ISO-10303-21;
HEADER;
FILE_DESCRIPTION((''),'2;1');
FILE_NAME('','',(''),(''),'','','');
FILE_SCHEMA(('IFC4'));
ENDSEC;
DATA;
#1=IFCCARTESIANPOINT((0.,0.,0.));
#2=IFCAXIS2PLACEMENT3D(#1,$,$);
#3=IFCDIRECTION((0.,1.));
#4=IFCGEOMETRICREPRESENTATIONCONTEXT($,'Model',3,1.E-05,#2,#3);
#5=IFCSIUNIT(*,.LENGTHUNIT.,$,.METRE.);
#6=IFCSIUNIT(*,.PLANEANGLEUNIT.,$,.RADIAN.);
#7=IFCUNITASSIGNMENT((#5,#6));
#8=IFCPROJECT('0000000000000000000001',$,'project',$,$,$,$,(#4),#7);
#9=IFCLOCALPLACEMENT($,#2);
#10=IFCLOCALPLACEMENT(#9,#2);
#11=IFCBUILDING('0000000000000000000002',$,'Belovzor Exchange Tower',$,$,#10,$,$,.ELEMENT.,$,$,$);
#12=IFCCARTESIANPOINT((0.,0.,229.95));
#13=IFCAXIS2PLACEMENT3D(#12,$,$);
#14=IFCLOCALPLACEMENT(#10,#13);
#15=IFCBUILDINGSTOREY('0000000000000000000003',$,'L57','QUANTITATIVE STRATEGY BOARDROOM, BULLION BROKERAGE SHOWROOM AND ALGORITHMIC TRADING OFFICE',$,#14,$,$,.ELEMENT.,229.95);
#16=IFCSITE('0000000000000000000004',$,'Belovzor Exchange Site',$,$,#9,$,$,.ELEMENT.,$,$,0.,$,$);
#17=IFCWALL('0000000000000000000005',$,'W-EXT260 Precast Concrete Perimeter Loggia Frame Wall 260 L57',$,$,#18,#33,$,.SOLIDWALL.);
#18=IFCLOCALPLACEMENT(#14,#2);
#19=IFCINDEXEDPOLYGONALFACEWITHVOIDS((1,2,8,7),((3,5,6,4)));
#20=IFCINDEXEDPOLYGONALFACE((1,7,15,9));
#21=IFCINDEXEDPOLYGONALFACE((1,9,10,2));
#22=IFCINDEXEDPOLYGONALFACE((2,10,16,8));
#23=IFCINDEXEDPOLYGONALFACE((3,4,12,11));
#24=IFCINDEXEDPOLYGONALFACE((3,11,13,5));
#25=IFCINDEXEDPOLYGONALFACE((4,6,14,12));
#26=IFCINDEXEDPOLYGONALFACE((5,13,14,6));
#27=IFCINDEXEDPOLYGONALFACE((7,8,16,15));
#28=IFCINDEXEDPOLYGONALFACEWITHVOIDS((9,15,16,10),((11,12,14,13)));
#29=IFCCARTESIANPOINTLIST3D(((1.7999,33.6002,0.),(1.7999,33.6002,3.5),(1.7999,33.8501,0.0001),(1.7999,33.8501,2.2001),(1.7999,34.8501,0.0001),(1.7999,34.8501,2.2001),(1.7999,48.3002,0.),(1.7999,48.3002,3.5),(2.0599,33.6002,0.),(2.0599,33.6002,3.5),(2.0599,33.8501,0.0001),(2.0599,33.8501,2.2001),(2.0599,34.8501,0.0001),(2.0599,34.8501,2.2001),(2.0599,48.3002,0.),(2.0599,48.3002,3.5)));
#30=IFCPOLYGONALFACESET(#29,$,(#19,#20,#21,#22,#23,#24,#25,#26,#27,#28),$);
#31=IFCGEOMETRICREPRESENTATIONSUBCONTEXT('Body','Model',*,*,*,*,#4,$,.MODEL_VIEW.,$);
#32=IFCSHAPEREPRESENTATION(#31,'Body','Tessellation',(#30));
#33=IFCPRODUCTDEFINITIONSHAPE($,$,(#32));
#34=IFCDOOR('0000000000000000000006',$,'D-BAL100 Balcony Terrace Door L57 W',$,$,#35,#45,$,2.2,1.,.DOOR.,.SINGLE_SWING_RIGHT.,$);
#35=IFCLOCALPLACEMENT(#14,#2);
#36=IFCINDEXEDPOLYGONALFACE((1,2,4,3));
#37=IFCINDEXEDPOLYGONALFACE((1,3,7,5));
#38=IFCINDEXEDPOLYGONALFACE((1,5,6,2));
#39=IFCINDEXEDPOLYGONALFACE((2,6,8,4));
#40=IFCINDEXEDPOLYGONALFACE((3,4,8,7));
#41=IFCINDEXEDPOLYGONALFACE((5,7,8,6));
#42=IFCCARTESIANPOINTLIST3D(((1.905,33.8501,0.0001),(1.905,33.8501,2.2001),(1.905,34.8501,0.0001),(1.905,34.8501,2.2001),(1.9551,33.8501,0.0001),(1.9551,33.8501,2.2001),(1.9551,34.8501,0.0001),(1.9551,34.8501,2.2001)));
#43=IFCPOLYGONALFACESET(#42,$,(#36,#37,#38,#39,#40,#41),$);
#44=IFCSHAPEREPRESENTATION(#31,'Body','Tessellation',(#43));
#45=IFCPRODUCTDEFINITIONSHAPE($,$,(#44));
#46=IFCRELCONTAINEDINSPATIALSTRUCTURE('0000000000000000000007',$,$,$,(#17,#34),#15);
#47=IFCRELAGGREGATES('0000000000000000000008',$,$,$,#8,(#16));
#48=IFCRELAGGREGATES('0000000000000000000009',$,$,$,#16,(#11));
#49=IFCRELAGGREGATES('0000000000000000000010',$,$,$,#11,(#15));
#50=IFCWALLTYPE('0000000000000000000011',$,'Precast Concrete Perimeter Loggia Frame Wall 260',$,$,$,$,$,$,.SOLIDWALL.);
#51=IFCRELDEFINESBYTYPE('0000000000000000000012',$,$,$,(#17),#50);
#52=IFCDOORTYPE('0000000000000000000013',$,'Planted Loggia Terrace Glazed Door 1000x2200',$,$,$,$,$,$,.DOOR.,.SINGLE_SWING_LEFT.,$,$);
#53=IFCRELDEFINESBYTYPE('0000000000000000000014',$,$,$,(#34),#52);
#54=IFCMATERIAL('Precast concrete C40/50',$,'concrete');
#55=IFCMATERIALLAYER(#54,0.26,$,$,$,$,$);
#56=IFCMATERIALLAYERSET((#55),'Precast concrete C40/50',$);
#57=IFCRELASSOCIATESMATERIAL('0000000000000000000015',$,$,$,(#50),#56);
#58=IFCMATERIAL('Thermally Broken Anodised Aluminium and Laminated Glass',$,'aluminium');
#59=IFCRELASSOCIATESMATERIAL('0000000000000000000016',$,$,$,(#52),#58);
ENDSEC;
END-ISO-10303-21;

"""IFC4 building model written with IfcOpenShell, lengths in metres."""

from ifc_helpers import new_model, si_unit, direction, frame, frame_2d, origin, place, context, subcontext, project, spatial, rectangle, extrude, material, layer, layer_set, type_object, element, fill, save


model = new_model("IFC4")

# Units and contexts
model_context = context("Model", 3, precision=1e-05, world=origin(), true_north=direction((0.0, 1.0)))
body_context = subcontext(model_context, "Body", "Model", "MODEL_VIEW")
ifc_project = project(units=[si_unit("LENGTHUNIT", "METRE"), si_unit("PLANEANGLEUNIT", "RADIAN")], contexts=[model_context])

# Site, building, storey
site_placement = place(None, origin())
site = spatial("IfcSite", under=ifc_project, at=site_placement, Name="Belovzor Exchange Site", CompositionType="ELEMENT", RefElevation=0.0)
building_placement = place(site_placement, origin())
building = spatial("IfcBuilding", under=site, at=building_placement, Name="Belovzor Exchange Tower", CompositionType="ELEMENT")
storey_placement = place(building_placement, frame((0.0, 0.0, 229.95)))
storey = spatial("IfcBuildingStorey", under=building, at=storey_placement, Name="L57", Description="QUANTITATIVE STRATEGY BOARDROOM, BULLION BROKERAGE SHOWROOM AND ALGORITHMIC TRADING OFFICE", CompositionType="ELEMENT", Elevation=229.95)

# Shared definitions
ifc_material_1 = material(Name="Precast concrete C40/50", Category="concrete")
ifc_layer_1 = layer(ifc_material_1, 0.26)
ifc_layer_set_1 = layer_set([ifc_layer_1], Name="Precast concrete C40/50")
wall_type_1 = type_object("IfcWallType", Name="Precast Concrete Perimeter Loggia Frame Wall 260", PredefinedType="SOLIDWALL", material=ifc_layer_set_1)

# Wall, opening, door
wall_1_placement = place(storey_placement, frame((1.9299, 33.6001, 0.0), z_axis=(0.0, 0.0, 1.0), x_axis=(0.0, 1.0, 0.0)))
wall_1 = element("IfcWall", 1, at=wall_1_placement, inside=storey, type_object=wall_type_1, Name="W-EXT260 Precast Concrete Perimeter Loggia Frame Wall 260 L57", PredefinedType="SOLIDWALL", context=body_context, shape_type="SweptSolid", body=[
    extrude(rectangle(XDim=14.7, YDim=0.26, at=frame_2d((7.3501, 0.0))), origin(), (0.0, 0.0, 1.0), 3.5),
])
opening_1_placement = place(wall_1_placement, frame((0.25, 0.0, 0.0)))
opening_1 = element("IfcOpeningElement", 2, at=opening_1_placement, cuts=wall_1, PredefinedType="OPENING", context=body_context, shape_type="SweptSolid", body=[
    extrude(rectangle(XDim=1.0, YDim=2.2, at=frame_2d((0.5, 1.1001))), frame((0.0, 0.1399, 0.0), z_axis=(0.0, -1.0, 0.0), x_axis=(1.0, 0.0, 0.0)), (0.0, 0.0, 1.0), 0.28),
])
ifc_material_2 = material(Name="Thermally Broken Anodised Aluminium and Laminated Glass", Category="aluminium")
door_type_1 = type_object("IfcDoorType", Name="Planted Loggia Terrace Glazed Door 1000x2200", OperationType="SINGLE_SWING_LEFT", PredefinedType="DOOR", material=ifc_material_2)
door_1_placement = place(opening_1_placement, origin())
door_1 = element("IfcDoor", 3, at=door_1_placement, inside=storey, type_object=door_type_1, Name="D-BAL100 Balcony Terrace Door L57 W", OperationType="SINGLE_SWING_RIGHT", OverallHeight=2.2, OverallWidth=1.0, PredefinedType="DOOR", context=body_context, shape_type="SweptSolid", body=[
    extrude(rectangle(XDim=1.0, YDim=2.2, at=frame_2d((0.5, 1.1001))), frame((0.0, 0.0249, 0.0), z_axis=(0.0, -1.0, 0.0), x_axis=(1.0, 0.0, 0.0)), (0.0, 0.0, 1.0), 0.05),
])
fill(opening_1, door_1)

save(model, "model.ifc")
